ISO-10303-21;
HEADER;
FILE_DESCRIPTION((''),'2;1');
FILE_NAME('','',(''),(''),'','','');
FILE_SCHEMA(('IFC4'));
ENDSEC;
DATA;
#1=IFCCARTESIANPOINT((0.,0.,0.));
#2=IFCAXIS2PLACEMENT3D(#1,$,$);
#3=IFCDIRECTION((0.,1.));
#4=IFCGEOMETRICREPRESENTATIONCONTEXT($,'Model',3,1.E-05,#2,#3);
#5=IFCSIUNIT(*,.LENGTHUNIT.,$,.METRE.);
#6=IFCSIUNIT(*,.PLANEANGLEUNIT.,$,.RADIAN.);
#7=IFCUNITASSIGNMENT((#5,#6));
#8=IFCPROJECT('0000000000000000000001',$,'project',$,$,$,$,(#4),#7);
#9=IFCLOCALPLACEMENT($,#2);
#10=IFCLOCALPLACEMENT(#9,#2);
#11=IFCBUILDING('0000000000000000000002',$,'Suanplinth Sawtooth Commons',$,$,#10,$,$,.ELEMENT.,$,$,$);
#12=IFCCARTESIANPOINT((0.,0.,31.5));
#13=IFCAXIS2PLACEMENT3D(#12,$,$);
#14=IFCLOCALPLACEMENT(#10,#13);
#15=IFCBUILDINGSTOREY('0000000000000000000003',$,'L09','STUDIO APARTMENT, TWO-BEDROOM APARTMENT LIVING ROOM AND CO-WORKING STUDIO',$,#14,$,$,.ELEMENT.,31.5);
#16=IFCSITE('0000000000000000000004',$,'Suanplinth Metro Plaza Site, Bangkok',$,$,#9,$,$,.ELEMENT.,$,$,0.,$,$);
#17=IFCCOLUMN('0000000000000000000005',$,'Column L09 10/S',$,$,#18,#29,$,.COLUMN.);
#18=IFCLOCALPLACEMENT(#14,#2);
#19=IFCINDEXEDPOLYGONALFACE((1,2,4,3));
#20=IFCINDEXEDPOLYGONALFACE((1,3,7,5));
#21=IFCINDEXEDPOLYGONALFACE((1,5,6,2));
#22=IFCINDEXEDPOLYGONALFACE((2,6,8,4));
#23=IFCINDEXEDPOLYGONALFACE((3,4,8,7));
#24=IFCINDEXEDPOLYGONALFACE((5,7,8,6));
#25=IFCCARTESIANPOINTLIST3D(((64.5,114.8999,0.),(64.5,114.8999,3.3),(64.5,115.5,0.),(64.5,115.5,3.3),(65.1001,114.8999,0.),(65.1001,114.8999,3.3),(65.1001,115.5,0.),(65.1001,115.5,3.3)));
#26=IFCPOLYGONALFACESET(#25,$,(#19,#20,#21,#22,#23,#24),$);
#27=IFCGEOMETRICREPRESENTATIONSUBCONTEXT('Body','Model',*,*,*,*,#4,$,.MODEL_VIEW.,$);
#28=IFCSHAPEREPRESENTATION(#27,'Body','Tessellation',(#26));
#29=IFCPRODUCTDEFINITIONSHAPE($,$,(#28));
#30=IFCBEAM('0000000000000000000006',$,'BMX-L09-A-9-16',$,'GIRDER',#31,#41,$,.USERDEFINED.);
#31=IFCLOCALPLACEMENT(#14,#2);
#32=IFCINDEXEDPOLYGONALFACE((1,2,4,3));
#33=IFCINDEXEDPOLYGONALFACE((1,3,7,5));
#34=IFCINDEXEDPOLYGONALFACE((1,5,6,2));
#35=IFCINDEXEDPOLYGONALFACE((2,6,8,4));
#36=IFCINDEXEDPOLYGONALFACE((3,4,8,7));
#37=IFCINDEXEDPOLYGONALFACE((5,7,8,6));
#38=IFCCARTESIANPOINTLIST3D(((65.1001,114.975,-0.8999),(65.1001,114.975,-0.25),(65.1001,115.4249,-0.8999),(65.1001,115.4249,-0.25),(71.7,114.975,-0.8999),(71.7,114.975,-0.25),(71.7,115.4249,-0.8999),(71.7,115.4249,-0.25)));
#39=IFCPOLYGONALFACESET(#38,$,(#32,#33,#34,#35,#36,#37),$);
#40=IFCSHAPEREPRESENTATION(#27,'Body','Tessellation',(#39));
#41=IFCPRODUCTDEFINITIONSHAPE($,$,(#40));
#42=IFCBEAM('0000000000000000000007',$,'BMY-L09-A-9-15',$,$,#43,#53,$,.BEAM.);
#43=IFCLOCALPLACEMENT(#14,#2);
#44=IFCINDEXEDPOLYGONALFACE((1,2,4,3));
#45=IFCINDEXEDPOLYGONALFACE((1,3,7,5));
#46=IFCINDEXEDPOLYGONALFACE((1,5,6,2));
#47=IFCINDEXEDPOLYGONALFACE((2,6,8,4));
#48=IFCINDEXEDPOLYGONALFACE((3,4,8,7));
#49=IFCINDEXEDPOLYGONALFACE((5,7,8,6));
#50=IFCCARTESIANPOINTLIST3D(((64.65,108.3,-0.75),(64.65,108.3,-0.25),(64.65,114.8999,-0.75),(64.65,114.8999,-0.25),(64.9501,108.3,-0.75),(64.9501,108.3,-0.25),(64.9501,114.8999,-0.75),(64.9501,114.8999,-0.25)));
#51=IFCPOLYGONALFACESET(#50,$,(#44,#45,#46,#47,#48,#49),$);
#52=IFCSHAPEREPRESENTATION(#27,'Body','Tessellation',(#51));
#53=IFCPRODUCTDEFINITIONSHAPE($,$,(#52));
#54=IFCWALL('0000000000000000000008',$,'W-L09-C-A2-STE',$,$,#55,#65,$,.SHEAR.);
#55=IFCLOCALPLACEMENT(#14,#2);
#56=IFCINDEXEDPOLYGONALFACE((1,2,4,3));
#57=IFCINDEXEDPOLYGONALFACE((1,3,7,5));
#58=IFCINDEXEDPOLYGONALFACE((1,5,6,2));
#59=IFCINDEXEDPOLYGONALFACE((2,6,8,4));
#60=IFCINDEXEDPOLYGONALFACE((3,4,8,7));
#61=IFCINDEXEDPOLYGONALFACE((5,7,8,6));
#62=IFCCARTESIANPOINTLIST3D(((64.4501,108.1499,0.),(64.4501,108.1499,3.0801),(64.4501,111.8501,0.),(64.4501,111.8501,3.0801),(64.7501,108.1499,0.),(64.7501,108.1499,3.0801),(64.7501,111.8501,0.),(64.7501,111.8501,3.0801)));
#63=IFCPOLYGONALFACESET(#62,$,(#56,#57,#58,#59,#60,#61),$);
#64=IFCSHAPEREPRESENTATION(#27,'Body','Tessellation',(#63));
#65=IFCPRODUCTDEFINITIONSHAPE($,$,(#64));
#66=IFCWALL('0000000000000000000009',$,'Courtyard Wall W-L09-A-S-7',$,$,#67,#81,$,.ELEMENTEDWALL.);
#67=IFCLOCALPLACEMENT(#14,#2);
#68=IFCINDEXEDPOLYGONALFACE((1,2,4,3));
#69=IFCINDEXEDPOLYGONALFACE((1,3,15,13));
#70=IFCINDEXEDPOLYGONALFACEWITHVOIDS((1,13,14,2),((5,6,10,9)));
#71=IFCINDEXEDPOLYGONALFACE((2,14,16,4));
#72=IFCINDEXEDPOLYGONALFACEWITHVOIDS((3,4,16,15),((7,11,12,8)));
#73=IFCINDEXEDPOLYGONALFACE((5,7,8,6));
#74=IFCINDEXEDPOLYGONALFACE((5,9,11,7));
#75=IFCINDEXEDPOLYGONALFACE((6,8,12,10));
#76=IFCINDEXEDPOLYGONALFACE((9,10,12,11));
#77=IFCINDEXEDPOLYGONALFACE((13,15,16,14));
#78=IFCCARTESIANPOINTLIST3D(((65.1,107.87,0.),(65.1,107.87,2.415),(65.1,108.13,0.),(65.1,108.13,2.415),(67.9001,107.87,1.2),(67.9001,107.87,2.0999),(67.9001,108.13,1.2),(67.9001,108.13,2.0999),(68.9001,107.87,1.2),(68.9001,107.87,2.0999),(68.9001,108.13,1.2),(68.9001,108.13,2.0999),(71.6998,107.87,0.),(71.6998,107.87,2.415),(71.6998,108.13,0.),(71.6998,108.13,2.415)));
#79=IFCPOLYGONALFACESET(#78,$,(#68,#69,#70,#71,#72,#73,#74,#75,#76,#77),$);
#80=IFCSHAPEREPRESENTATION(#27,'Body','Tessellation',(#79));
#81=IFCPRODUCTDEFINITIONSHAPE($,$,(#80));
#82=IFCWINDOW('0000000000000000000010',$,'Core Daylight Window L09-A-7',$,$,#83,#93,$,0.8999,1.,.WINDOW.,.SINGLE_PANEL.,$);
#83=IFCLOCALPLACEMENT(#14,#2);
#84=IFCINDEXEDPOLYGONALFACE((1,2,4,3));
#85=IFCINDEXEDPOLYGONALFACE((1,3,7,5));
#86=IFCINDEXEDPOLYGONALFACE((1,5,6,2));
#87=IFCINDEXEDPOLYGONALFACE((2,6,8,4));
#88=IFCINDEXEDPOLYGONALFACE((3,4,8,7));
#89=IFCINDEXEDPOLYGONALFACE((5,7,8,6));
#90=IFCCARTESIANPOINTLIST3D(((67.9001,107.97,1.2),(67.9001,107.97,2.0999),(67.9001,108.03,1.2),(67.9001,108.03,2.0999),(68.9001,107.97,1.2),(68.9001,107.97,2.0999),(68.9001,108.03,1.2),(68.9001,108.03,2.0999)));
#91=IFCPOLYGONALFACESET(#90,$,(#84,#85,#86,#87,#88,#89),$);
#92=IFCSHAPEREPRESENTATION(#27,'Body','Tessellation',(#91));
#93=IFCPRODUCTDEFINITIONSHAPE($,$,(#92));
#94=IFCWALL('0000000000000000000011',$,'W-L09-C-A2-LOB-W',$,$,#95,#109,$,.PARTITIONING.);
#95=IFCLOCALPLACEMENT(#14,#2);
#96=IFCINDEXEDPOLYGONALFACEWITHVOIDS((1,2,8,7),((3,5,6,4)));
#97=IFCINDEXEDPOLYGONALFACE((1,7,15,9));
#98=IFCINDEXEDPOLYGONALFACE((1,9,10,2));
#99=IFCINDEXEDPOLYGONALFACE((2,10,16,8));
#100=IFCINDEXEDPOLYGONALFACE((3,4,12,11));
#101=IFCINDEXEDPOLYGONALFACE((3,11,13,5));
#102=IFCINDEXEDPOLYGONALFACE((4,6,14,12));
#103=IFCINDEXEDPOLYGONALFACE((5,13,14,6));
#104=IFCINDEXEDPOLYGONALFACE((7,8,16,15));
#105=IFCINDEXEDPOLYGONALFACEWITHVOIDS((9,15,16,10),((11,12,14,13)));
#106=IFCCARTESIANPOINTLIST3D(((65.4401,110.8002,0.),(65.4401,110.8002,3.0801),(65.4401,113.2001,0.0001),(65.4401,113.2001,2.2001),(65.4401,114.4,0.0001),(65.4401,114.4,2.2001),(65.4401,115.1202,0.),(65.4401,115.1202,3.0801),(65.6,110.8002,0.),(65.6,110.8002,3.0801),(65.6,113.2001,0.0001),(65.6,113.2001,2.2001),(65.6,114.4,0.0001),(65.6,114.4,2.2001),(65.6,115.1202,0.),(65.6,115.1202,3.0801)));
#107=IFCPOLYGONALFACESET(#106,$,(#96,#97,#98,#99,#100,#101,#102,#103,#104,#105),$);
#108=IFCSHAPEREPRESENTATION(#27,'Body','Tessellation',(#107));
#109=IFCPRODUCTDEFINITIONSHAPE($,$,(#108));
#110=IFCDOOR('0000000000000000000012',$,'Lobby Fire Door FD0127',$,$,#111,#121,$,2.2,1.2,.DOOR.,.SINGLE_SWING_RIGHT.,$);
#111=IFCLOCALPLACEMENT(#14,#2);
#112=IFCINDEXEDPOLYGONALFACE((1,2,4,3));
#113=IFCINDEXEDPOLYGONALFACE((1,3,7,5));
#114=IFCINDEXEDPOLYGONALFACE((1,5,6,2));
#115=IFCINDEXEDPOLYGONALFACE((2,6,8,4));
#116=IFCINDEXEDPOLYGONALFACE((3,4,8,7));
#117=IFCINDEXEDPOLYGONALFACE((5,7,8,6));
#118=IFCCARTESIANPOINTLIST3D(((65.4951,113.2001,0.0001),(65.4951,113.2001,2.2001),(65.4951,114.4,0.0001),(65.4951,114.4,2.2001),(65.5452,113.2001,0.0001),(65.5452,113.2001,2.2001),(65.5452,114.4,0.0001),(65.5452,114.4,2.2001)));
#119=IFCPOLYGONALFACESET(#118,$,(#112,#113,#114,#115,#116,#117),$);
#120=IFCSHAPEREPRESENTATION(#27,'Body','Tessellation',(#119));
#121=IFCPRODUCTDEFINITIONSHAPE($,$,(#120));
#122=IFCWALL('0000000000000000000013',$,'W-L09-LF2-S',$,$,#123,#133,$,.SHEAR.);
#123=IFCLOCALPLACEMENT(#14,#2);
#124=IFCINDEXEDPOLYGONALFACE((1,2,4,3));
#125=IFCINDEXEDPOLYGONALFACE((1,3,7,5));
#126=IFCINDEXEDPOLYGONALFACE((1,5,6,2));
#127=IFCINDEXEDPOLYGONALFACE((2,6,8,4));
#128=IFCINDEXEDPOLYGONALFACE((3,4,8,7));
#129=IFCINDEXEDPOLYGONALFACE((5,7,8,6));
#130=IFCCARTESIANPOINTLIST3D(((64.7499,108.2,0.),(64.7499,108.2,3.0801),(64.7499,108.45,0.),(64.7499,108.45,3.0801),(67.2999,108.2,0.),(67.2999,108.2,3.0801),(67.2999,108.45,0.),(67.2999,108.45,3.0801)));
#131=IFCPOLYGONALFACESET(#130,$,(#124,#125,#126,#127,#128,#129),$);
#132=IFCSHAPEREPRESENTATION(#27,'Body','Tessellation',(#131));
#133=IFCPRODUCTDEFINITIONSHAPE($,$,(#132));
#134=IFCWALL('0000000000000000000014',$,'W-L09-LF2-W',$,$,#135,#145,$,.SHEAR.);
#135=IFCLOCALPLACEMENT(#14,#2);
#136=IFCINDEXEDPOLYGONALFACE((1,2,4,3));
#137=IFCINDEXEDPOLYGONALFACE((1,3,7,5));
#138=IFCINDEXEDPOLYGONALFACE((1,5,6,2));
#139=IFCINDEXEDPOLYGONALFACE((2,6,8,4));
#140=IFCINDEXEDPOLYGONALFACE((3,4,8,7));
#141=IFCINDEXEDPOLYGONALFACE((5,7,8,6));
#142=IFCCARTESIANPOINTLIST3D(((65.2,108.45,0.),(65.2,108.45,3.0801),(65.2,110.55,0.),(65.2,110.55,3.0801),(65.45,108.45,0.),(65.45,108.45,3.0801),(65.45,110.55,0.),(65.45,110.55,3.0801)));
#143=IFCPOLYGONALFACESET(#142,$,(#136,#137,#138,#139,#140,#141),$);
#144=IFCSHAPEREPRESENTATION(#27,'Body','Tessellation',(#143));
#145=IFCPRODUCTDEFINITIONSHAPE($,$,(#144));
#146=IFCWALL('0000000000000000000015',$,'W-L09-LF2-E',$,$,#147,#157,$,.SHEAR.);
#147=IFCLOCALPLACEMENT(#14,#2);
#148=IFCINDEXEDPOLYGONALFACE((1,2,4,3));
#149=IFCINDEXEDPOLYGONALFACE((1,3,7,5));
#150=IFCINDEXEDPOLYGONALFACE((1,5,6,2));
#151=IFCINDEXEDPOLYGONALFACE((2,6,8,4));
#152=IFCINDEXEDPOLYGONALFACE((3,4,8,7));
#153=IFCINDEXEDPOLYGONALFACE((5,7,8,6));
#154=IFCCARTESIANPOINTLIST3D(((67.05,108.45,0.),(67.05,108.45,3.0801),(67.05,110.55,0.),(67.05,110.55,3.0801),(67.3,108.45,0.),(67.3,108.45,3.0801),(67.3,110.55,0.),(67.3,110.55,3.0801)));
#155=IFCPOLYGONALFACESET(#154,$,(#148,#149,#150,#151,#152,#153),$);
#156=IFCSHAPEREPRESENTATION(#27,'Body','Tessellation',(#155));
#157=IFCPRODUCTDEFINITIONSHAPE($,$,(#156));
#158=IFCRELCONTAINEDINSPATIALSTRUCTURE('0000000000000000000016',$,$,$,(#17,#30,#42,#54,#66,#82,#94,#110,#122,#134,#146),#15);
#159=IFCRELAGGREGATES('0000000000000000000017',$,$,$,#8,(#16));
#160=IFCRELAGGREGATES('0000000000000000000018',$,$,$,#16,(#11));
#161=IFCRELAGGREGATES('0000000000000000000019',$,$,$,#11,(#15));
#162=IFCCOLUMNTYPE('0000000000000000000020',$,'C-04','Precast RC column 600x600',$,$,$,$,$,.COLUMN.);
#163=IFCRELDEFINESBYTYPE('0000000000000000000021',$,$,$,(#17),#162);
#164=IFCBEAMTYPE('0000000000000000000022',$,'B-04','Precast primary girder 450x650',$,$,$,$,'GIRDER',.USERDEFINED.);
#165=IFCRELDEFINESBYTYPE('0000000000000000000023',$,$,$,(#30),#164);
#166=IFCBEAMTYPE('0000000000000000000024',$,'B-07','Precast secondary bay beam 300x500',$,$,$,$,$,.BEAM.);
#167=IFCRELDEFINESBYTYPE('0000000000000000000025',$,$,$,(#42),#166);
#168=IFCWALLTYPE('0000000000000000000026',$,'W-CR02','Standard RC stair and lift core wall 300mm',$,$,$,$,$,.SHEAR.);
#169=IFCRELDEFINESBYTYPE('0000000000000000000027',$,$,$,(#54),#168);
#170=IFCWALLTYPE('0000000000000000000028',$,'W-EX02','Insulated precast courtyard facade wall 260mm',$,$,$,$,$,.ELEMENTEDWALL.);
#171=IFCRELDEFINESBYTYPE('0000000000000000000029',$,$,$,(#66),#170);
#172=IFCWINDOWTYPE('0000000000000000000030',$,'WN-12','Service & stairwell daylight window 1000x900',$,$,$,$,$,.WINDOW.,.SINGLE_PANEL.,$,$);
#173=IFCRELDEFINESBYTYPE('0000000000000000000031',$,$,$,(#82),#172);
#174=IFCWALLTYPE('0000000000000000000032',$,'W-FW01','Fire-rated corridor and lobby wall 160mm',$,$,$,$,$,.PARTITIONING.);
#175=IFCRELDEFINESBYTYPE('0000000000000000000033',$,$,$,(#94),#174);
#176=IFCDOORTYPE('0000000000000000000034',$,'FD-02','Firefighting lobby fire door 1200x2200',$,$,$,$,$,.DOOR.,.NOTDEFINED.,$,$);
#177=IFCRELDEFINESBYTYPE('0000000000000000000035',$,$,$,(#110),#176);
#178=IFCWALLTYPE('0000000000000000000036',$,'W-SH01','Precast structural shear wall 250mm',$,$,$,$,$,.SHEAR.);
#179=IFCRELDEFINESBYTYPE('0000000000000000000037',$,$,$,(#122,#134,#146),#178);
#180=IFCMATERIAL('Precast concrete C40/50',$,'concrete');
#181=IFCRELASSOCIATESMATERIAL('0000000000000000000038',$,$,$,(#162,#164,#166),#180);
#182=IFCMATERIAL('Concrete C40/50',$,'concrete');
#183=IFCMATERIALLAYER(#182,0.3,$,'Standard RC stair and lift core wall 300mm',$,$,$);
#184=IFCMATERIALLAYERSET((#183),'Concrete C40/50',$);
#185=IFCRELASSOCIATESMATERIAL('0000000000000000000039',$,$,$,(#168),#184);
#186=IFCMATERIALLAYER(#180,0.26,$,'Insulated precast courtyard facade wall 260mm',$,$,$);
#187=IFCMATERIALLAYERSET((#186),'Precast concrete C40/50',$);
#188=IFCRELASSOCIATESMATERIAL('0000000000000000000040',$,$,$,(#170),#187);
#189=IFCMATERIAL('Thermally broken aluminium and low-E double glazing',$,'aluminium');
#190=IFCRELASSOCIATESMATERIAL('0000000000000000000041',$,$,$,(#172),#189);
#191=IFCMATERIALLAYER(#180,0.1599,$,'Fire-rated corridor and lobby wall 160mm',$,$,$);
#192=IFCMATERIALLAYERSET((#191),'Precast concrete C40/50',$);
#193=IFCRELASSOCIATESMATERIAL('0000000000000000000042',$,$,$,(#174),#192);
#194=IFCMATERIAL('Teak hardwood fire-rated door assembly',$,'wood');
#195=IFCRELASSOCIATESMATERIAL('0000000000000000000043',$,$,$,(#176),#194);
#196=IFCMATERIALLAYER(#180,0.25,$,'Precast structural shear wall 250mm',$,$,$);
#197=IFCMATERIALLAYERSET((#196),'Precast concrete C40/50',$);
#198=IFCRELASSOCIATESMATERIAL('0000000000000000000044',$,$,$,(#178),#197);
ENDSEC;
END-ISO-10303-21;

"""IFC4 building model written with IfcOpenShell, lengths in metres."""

from ifc_helpers import new_model, si_unit, direction, frame, frame_2d, origin, origin_2d, place, context, subcontext, project, spatial, rectangle, extrude, material, layer, layer_set, material_profile, profile_set, type_object, element, fill, save


model = new_model("IFC4")

# Units and contexts
model_context = context("Model", 3, precision=1e-05, world=origin(), true_north=direction((0.0, 1.0)))
body_context = subcontext(model_context, "Body", "Model", "MODEL_VIEW")
ifc_project = project(units=[si_unit("LENGTHUNIT", "METRE"), si_unit("PLANEANGLEUNIT", "RADIAN")], contexts=[model_context])

# Site, building, storey
site_placement = place(None, origin())
site = spatial("IfcSite", under=ifc_project, at=site_placement, Name="Suanplinth Metro Plaza Site, Bangkok", CompositionType="ELEMENT", RefElevation=0.0)
building_placement = place(site_placement, origin())
building = spatial("IfcBuilding", under=site, at=building_placement, Name="Suanplinth Sawtooth Commons", CompositionType="ELEMENT")
storey_placement = place(building_placement, frame((0.0, 0.0, 31.5)))
storey = spatial("IfcBuildingStorey", under=building, at=storey_placement, Name="L09", Description="STUDIO APARTMENT, TWO-BEDROOM APARTMENT LIVING ROOM AND CO-WORKING STUDIO", CompositionType="ELEMENT", Elevation=31.5)

# Column
ifc_material_1 = material(Name="Precast concrete C40/50", Category="concrete")
ifc_material_profile_1 = material_profile(ifc_material_1, rectangle(XDim=0.6001, YDim=0.6001, at=origin_2d()), Name="PC-COL 600x600")
ifc_profile_set_1 = profile_set([ifc_material_profile_1], Name="Precast concrete C40/50")
column_type = type_object("IfcColumnType", Name="C-04", Description="Precast RC column 600x600", PredefinedType="COLUMN", material=ifc_profile_set_1)
column_placement = place(storey_placement, frame((64.8, 115.2, 0.0), z_axis=(0.0, 0.0, 1.0), x_axis=(1.0, 0.0, 0.0)))
element("IfcColumn", 1, at=column_placement, inside=storey, type_object=column_type, Name="Column L09 10/S", PredefinedType="COLUMN", context=body_context, shape_type="SweptSolid", body=[
    extrude(rectangle(XDim=0.6001, YDim=0.6001, at=origin_2d()), origin(), (0.0, 0.0, 1.0), 3.3),
])

# Beams
ifc_material_profile_2 = material_profile(ifc_material_1, rectangle(XDim=0.45, YDim=0.6499, at=origin_2d()), Name="PC-GDR 450x650")
ifc_profile_set_2 = profile_set([ifc_material_profile_2], Name="Precast concrete C40/50")
beam_type_1 = type_object("IfcBeamType", Name="B-04", Description="Precast primary girder 450x650", ElementType="GIRDER", PredefinedType="USERDEFINED", material=ifc_profile_set_2)
beam_1_placement = place(storey_placement, frame((65.1001, 115.2, -0.575), z_axis=(1.0, 0.0, 0.0), x_axis=(0.0, 1.0, 0.0)))
element("IfcBeam", 2, at=beam_1_placement, inside=storey, type_object=beam_type_1, Name="BMX-L09-A-9-16", ObjectType="GIRDER", PredefinedType="USERDEFINED", context=body_context, shape_type="SweptSolid", body=[
    extrude(rectangle(XDim=0.45, YDim=0.6499, at=origin_2d()), origin(), (0.0, 0.0, 1.0), 6.5999),
])
ifc_material_profile_3 = material_profile(ifc_material_1, rectangle(XDim=0.3, YDim=0.5, at=origin_2d()), Name="PC-BM 300x500")
ifc_profile_set_3 = profile_set([ifc_material_profile_3], Name="Precast concrete C40/50")
beam_type_2 = type_object("IfcBeamType", Name="B-07", Description="Precast secondary bay beam 300x500", PredefinedType="BEAM", material=ifc_profile_set_3)
beam_2_placement = place(storey_placement, frame((64.8, 108.3, -0.5), z_axis=(0.0, 1.0, 0.0), x_axis=(-1.0, 0.0, 0.0)))
element("IfcBeam", 3, at=beam_2_placement, inside=storey, type_object=beam_type_2, Name="BMY-L09-A-9-15", PredefinedType="BEAM", context=body_context, shape_type="SweptSolid", body=[
    extrude(rectangle(XDim=0.3, YDim=0.5, at=origin_2d()), origin(), (0.0, 0.0, 1.0), 6.5999),
])

# Wall
ifc_material_2 = material(Name="Concrete C40/50", Category="concrete")
ifc_layer_1 = layer(ifc_material_2, 0.3, Name="Standard RC stair and lift core wall 300mm")
ifc_layer_set_1 = layer_set([ifc_layer_1], Name="Concrete C40/50")
wall_type_1 = type_object("IfcWallType", Name="W-CR02", Description="Standard RC stair and lift core wall 300mm", PredefinedType="SHEAR", material=ifc_layer_set_1)
wall_1_placement = place(storey_placement, frame((64.6001, 108.1499, 0.0), z_axis=(0.0, 0.0, 1.0), x_axis=(0.0, 1.0, 0.0)))
element("IfcWall", 4, at=wall_1_placement, inside=storey, type_object=wall_type_1, Name="W-L09-C-A2-STE", PredefinedType="SHEAR", context=body_context, shape_type="SweptSolid", body=[
    extrude(rectangle(XDim=3.7002, YDim=0.3, at=frame_2d((1.8501, 0.0))), origin(), (0.0, 0.0, 1.0), 3.0801),
])

# Wall, opening, window
ifc_layer_2 = layer(ifc_material_1, 0.26, Name="Insulated precast courtyard facade wall 260mm")
ifc_layer_set_2 = layer_set([ifc_layer_2], Name="Precast concrete C40/50")
wall_type_2 = type_object("IfcWallType", Name="W-EX02", Description="Insulated precast courtyard facade wall 260mm", PredefinedType="ELEMENTEDWALL", material=ifc_layer_set_2)
wall_2_placement = place(storey_placement, frame((65.1001, 108.0, 0.0), z_axis=(0.0, 0.0, 1.0), x_axis=(1.0, 0.0, 0.0)))
wall_2 = element("IfcWall", 5, at=wall_2_placement, inside=storey, type_object=wall_type_2, Name="Courtyard Wall W-L09-A-S-7", PredefinedType="ELEMENTEDWALL", context=body_context, shape_type="SweptSolid", body=[
    extrude(rectangle(XDim=6.5999, YDim=0.26, at=frame_2d((3.2998, 0.0))), origin(), (0.0, 0.0, 1.0), 2.415),
])
opening_1_placement = place(wall_2_placement, frame((2.8, 0.0, 1.2)))
opening_1 = element("IfcOpeningElement", 6, at=opening_1_placement, cuts=wall_2, PredefinedType="OPENING", context=body_context, shape_type="SweptSolid", body=[
    extrude(rectangle(XDim=1.0, YDim=0.8999, at=frame_2d((0.5, 0.45))), frame((0.0, 0.145, 0.0), z_axis=(0.0, -1.0, 0.0), x_axis=(1.0, 0.0, 0.0)), (0.0, 0.0, 1.0), 0.2898),
])
ifc_material_3 = material(Name="Thermally broken aluminium and low-E double glazing", Category="aluminium")
window_type = type_object("IfcWindowType", Name="WN-12", Description="Service & stairwell daylight window 1000x900", PartitioningType="SINGLE_PANEL", PredefinedType="WINDOW", material=ifc_material_3)
window_placement = place(opening_1_placement, origin())
window = element("IfcWindow", 7, at=window_placement, inside=storey, type_object=window_type, Name="Core Daylight Window L09-A-7", OverallHeight=0.8999, OverallWidth=1.0, PartitioningType="SINGLE_PANEL", PredefinedType="WINDOW", context=body_context, shape_type="SweptSolid", body=[
    extrude(rectangle(XDim=1.0, YDim=0.8999, at=frame_2d((0.5, 0.45))), frame((0.0, 0.03, 0.0), z_axis=(0.0, -1.0, 0.0), x_axis=(1.0, 0.0, 0.0)), (0.0, 0.0, 1.0), 0.0601),
])
fill(opening_1, window)

# Wall, opening, door
ifc_layer_3 = layer(ifc_material_1, 0.1599, Name="Fire-rated corridor and lobby wall 160mm")
ifc_layer_set_3 = layer_set([ifc_layer_3], Name="Precast concrete C40/50")
wall_type_3 = type_object("IfcWallType", Name="W-FW01", Description="Fire-rated corridor and lobby wall 160mm", PredefinedType="PARTITIONING", material=ifc_layer_set_3)
wall_3_placement = place(storey_placement, frame((65.52, 110.8, 0.0), z_axis=(0.0, 0.0, 1.0), x_axis=(0.0, 1.0, 0.0)))
wall_3 = element("IfcWall", 8, at=wall_3_placement, inside=storey, type_object=wall_type_3, Name="W-L09-C-A2-LOB-W", PredefinedType="PARTITIONING", context=body_context, shape_type="SweptSolid", body=[
    extrude(rectangle(XDim=4.3201, YDim=0.1599, at=frame_2d((2.1602, 0.0))), origin(), (0.0, 0.0, 1.0), 3.0801),
])
opening_2_placement = place(wall_3_placement, frame((2.3999, 0.0, 0.0)))
opening_2 = element("IfcOpeningElement", 9, at=opening_2_placement, cuts=wall_3, PredefinedType="OPENING", context=body_context, shape_type="SweptSolid", body=[
    extrude(rectangle(XDim=1.2, YDim=2.2, at=frame_2d((0.6001, 1.1001))), frame((0.0, 0.0947, 0.0), z_axis=(0.0, -1.0, 0.0), x_axis=(1.0, 0.0, 0.0)), (0.0, 0.0, 1.0), 0.1897),
])
ifc_material_4 = material(Name="Teak hardwood fire-rated door assembly", Category="wood")
door_type_1 = type_object("IfcDoorType", Name="FD-02", Description="Firefighting lobby fire door 1200x2200", OperationType="NOTDEFINED", PredefinedType="DOOR", material=ifc_material_4)
door_1_placement = place(opening_2_placement, origin())
door_1 = element("IfcDoor", 10, at=door_1_placement, inside=storey, type_object=door_type_1, Name="Lobby Fire Door FD0127", OperationType="SINGLE_SWING_RIGHT", OverallHeight=2.2, OverallWidth=1.2, PredefinedType="DOOR", context=body_context, shape_type="SweptSolid", body=[
    extrude(rectangle(XDim=1.2, YDim=2.2, at=frame_2d((0.6001, 1.1001))), frame((0.0, 0.0249, 0.0), z_axis=(0.0, -1.0, 0.0), x_axis=(1.0, 0.0, 0.0)), (0.0, 0.0, 1.0), 0.05),
])
fill(opening_2, door_1)

# Wall
ifc_layer_4 = layer(ifc_material_1, 0.25, Name="Precast structural shear wall 250mm")
ifc_layer_set_4 = layer_set([ifc_layer_4], Name="Precast concrete C40/50")
wall_type_4 = type_object("IfcWallType", Name="W-SH01", Description="Precast structural shear wall 250mm", PredefinedType="SHEAR", material=ifc_layer_set_4)
wall_4_placement = place(storey_placement, frame((64.75, 108.325, 0.0), z_axis=(0.0, 0.0, 1.0), x_axis=(1.0, 0.0, 0.0)))
element("IfcWall", 11, at=wall_4_placement, inside=storey, type_object=wall_type_4, Name="W-L09-LF2-S", PredefinedType="SHEAR", context=body_context, shape_type="SweptSolid", body=[
    extrude(rectangle(XDim=2.55, YDim=0.25, at=frame_2d((1.2749, 0.0))), origin(), (0.0, 0.0, 1.0), 3.0801),
])

# Walls
for number, where, z_axis, x_axis, name in (
    (12, (65.325, 108.45, 0.0), (0.0, 0.0, 1.0), (0.0, 1.0, 0.0), "W-L09-LF2-W"),
    (13, (67.175, 108.45, 0.0), (0.0, 0.0, 1.0), (0.0, 1.0, 0.0), "W-L09-LF2-E"),
):
    element("IfcWall", number, at=place(storey_placement, frame(where, z_axis=z_axis, x_axis=x_axis)), inside=storey, type_object=wall_type_4, Name=name, PredefinedType="SHEAR", context=body_context, shape_type="SweptSolid", body=[
        extrude(rectangle(XDim=2.1001, YDim=0.25, at=frame_2d((1.05, 0.0))), origin(), (0.0, 0.0, 1.0), 3.0801),
    ])

save(model, "model.ifc")
